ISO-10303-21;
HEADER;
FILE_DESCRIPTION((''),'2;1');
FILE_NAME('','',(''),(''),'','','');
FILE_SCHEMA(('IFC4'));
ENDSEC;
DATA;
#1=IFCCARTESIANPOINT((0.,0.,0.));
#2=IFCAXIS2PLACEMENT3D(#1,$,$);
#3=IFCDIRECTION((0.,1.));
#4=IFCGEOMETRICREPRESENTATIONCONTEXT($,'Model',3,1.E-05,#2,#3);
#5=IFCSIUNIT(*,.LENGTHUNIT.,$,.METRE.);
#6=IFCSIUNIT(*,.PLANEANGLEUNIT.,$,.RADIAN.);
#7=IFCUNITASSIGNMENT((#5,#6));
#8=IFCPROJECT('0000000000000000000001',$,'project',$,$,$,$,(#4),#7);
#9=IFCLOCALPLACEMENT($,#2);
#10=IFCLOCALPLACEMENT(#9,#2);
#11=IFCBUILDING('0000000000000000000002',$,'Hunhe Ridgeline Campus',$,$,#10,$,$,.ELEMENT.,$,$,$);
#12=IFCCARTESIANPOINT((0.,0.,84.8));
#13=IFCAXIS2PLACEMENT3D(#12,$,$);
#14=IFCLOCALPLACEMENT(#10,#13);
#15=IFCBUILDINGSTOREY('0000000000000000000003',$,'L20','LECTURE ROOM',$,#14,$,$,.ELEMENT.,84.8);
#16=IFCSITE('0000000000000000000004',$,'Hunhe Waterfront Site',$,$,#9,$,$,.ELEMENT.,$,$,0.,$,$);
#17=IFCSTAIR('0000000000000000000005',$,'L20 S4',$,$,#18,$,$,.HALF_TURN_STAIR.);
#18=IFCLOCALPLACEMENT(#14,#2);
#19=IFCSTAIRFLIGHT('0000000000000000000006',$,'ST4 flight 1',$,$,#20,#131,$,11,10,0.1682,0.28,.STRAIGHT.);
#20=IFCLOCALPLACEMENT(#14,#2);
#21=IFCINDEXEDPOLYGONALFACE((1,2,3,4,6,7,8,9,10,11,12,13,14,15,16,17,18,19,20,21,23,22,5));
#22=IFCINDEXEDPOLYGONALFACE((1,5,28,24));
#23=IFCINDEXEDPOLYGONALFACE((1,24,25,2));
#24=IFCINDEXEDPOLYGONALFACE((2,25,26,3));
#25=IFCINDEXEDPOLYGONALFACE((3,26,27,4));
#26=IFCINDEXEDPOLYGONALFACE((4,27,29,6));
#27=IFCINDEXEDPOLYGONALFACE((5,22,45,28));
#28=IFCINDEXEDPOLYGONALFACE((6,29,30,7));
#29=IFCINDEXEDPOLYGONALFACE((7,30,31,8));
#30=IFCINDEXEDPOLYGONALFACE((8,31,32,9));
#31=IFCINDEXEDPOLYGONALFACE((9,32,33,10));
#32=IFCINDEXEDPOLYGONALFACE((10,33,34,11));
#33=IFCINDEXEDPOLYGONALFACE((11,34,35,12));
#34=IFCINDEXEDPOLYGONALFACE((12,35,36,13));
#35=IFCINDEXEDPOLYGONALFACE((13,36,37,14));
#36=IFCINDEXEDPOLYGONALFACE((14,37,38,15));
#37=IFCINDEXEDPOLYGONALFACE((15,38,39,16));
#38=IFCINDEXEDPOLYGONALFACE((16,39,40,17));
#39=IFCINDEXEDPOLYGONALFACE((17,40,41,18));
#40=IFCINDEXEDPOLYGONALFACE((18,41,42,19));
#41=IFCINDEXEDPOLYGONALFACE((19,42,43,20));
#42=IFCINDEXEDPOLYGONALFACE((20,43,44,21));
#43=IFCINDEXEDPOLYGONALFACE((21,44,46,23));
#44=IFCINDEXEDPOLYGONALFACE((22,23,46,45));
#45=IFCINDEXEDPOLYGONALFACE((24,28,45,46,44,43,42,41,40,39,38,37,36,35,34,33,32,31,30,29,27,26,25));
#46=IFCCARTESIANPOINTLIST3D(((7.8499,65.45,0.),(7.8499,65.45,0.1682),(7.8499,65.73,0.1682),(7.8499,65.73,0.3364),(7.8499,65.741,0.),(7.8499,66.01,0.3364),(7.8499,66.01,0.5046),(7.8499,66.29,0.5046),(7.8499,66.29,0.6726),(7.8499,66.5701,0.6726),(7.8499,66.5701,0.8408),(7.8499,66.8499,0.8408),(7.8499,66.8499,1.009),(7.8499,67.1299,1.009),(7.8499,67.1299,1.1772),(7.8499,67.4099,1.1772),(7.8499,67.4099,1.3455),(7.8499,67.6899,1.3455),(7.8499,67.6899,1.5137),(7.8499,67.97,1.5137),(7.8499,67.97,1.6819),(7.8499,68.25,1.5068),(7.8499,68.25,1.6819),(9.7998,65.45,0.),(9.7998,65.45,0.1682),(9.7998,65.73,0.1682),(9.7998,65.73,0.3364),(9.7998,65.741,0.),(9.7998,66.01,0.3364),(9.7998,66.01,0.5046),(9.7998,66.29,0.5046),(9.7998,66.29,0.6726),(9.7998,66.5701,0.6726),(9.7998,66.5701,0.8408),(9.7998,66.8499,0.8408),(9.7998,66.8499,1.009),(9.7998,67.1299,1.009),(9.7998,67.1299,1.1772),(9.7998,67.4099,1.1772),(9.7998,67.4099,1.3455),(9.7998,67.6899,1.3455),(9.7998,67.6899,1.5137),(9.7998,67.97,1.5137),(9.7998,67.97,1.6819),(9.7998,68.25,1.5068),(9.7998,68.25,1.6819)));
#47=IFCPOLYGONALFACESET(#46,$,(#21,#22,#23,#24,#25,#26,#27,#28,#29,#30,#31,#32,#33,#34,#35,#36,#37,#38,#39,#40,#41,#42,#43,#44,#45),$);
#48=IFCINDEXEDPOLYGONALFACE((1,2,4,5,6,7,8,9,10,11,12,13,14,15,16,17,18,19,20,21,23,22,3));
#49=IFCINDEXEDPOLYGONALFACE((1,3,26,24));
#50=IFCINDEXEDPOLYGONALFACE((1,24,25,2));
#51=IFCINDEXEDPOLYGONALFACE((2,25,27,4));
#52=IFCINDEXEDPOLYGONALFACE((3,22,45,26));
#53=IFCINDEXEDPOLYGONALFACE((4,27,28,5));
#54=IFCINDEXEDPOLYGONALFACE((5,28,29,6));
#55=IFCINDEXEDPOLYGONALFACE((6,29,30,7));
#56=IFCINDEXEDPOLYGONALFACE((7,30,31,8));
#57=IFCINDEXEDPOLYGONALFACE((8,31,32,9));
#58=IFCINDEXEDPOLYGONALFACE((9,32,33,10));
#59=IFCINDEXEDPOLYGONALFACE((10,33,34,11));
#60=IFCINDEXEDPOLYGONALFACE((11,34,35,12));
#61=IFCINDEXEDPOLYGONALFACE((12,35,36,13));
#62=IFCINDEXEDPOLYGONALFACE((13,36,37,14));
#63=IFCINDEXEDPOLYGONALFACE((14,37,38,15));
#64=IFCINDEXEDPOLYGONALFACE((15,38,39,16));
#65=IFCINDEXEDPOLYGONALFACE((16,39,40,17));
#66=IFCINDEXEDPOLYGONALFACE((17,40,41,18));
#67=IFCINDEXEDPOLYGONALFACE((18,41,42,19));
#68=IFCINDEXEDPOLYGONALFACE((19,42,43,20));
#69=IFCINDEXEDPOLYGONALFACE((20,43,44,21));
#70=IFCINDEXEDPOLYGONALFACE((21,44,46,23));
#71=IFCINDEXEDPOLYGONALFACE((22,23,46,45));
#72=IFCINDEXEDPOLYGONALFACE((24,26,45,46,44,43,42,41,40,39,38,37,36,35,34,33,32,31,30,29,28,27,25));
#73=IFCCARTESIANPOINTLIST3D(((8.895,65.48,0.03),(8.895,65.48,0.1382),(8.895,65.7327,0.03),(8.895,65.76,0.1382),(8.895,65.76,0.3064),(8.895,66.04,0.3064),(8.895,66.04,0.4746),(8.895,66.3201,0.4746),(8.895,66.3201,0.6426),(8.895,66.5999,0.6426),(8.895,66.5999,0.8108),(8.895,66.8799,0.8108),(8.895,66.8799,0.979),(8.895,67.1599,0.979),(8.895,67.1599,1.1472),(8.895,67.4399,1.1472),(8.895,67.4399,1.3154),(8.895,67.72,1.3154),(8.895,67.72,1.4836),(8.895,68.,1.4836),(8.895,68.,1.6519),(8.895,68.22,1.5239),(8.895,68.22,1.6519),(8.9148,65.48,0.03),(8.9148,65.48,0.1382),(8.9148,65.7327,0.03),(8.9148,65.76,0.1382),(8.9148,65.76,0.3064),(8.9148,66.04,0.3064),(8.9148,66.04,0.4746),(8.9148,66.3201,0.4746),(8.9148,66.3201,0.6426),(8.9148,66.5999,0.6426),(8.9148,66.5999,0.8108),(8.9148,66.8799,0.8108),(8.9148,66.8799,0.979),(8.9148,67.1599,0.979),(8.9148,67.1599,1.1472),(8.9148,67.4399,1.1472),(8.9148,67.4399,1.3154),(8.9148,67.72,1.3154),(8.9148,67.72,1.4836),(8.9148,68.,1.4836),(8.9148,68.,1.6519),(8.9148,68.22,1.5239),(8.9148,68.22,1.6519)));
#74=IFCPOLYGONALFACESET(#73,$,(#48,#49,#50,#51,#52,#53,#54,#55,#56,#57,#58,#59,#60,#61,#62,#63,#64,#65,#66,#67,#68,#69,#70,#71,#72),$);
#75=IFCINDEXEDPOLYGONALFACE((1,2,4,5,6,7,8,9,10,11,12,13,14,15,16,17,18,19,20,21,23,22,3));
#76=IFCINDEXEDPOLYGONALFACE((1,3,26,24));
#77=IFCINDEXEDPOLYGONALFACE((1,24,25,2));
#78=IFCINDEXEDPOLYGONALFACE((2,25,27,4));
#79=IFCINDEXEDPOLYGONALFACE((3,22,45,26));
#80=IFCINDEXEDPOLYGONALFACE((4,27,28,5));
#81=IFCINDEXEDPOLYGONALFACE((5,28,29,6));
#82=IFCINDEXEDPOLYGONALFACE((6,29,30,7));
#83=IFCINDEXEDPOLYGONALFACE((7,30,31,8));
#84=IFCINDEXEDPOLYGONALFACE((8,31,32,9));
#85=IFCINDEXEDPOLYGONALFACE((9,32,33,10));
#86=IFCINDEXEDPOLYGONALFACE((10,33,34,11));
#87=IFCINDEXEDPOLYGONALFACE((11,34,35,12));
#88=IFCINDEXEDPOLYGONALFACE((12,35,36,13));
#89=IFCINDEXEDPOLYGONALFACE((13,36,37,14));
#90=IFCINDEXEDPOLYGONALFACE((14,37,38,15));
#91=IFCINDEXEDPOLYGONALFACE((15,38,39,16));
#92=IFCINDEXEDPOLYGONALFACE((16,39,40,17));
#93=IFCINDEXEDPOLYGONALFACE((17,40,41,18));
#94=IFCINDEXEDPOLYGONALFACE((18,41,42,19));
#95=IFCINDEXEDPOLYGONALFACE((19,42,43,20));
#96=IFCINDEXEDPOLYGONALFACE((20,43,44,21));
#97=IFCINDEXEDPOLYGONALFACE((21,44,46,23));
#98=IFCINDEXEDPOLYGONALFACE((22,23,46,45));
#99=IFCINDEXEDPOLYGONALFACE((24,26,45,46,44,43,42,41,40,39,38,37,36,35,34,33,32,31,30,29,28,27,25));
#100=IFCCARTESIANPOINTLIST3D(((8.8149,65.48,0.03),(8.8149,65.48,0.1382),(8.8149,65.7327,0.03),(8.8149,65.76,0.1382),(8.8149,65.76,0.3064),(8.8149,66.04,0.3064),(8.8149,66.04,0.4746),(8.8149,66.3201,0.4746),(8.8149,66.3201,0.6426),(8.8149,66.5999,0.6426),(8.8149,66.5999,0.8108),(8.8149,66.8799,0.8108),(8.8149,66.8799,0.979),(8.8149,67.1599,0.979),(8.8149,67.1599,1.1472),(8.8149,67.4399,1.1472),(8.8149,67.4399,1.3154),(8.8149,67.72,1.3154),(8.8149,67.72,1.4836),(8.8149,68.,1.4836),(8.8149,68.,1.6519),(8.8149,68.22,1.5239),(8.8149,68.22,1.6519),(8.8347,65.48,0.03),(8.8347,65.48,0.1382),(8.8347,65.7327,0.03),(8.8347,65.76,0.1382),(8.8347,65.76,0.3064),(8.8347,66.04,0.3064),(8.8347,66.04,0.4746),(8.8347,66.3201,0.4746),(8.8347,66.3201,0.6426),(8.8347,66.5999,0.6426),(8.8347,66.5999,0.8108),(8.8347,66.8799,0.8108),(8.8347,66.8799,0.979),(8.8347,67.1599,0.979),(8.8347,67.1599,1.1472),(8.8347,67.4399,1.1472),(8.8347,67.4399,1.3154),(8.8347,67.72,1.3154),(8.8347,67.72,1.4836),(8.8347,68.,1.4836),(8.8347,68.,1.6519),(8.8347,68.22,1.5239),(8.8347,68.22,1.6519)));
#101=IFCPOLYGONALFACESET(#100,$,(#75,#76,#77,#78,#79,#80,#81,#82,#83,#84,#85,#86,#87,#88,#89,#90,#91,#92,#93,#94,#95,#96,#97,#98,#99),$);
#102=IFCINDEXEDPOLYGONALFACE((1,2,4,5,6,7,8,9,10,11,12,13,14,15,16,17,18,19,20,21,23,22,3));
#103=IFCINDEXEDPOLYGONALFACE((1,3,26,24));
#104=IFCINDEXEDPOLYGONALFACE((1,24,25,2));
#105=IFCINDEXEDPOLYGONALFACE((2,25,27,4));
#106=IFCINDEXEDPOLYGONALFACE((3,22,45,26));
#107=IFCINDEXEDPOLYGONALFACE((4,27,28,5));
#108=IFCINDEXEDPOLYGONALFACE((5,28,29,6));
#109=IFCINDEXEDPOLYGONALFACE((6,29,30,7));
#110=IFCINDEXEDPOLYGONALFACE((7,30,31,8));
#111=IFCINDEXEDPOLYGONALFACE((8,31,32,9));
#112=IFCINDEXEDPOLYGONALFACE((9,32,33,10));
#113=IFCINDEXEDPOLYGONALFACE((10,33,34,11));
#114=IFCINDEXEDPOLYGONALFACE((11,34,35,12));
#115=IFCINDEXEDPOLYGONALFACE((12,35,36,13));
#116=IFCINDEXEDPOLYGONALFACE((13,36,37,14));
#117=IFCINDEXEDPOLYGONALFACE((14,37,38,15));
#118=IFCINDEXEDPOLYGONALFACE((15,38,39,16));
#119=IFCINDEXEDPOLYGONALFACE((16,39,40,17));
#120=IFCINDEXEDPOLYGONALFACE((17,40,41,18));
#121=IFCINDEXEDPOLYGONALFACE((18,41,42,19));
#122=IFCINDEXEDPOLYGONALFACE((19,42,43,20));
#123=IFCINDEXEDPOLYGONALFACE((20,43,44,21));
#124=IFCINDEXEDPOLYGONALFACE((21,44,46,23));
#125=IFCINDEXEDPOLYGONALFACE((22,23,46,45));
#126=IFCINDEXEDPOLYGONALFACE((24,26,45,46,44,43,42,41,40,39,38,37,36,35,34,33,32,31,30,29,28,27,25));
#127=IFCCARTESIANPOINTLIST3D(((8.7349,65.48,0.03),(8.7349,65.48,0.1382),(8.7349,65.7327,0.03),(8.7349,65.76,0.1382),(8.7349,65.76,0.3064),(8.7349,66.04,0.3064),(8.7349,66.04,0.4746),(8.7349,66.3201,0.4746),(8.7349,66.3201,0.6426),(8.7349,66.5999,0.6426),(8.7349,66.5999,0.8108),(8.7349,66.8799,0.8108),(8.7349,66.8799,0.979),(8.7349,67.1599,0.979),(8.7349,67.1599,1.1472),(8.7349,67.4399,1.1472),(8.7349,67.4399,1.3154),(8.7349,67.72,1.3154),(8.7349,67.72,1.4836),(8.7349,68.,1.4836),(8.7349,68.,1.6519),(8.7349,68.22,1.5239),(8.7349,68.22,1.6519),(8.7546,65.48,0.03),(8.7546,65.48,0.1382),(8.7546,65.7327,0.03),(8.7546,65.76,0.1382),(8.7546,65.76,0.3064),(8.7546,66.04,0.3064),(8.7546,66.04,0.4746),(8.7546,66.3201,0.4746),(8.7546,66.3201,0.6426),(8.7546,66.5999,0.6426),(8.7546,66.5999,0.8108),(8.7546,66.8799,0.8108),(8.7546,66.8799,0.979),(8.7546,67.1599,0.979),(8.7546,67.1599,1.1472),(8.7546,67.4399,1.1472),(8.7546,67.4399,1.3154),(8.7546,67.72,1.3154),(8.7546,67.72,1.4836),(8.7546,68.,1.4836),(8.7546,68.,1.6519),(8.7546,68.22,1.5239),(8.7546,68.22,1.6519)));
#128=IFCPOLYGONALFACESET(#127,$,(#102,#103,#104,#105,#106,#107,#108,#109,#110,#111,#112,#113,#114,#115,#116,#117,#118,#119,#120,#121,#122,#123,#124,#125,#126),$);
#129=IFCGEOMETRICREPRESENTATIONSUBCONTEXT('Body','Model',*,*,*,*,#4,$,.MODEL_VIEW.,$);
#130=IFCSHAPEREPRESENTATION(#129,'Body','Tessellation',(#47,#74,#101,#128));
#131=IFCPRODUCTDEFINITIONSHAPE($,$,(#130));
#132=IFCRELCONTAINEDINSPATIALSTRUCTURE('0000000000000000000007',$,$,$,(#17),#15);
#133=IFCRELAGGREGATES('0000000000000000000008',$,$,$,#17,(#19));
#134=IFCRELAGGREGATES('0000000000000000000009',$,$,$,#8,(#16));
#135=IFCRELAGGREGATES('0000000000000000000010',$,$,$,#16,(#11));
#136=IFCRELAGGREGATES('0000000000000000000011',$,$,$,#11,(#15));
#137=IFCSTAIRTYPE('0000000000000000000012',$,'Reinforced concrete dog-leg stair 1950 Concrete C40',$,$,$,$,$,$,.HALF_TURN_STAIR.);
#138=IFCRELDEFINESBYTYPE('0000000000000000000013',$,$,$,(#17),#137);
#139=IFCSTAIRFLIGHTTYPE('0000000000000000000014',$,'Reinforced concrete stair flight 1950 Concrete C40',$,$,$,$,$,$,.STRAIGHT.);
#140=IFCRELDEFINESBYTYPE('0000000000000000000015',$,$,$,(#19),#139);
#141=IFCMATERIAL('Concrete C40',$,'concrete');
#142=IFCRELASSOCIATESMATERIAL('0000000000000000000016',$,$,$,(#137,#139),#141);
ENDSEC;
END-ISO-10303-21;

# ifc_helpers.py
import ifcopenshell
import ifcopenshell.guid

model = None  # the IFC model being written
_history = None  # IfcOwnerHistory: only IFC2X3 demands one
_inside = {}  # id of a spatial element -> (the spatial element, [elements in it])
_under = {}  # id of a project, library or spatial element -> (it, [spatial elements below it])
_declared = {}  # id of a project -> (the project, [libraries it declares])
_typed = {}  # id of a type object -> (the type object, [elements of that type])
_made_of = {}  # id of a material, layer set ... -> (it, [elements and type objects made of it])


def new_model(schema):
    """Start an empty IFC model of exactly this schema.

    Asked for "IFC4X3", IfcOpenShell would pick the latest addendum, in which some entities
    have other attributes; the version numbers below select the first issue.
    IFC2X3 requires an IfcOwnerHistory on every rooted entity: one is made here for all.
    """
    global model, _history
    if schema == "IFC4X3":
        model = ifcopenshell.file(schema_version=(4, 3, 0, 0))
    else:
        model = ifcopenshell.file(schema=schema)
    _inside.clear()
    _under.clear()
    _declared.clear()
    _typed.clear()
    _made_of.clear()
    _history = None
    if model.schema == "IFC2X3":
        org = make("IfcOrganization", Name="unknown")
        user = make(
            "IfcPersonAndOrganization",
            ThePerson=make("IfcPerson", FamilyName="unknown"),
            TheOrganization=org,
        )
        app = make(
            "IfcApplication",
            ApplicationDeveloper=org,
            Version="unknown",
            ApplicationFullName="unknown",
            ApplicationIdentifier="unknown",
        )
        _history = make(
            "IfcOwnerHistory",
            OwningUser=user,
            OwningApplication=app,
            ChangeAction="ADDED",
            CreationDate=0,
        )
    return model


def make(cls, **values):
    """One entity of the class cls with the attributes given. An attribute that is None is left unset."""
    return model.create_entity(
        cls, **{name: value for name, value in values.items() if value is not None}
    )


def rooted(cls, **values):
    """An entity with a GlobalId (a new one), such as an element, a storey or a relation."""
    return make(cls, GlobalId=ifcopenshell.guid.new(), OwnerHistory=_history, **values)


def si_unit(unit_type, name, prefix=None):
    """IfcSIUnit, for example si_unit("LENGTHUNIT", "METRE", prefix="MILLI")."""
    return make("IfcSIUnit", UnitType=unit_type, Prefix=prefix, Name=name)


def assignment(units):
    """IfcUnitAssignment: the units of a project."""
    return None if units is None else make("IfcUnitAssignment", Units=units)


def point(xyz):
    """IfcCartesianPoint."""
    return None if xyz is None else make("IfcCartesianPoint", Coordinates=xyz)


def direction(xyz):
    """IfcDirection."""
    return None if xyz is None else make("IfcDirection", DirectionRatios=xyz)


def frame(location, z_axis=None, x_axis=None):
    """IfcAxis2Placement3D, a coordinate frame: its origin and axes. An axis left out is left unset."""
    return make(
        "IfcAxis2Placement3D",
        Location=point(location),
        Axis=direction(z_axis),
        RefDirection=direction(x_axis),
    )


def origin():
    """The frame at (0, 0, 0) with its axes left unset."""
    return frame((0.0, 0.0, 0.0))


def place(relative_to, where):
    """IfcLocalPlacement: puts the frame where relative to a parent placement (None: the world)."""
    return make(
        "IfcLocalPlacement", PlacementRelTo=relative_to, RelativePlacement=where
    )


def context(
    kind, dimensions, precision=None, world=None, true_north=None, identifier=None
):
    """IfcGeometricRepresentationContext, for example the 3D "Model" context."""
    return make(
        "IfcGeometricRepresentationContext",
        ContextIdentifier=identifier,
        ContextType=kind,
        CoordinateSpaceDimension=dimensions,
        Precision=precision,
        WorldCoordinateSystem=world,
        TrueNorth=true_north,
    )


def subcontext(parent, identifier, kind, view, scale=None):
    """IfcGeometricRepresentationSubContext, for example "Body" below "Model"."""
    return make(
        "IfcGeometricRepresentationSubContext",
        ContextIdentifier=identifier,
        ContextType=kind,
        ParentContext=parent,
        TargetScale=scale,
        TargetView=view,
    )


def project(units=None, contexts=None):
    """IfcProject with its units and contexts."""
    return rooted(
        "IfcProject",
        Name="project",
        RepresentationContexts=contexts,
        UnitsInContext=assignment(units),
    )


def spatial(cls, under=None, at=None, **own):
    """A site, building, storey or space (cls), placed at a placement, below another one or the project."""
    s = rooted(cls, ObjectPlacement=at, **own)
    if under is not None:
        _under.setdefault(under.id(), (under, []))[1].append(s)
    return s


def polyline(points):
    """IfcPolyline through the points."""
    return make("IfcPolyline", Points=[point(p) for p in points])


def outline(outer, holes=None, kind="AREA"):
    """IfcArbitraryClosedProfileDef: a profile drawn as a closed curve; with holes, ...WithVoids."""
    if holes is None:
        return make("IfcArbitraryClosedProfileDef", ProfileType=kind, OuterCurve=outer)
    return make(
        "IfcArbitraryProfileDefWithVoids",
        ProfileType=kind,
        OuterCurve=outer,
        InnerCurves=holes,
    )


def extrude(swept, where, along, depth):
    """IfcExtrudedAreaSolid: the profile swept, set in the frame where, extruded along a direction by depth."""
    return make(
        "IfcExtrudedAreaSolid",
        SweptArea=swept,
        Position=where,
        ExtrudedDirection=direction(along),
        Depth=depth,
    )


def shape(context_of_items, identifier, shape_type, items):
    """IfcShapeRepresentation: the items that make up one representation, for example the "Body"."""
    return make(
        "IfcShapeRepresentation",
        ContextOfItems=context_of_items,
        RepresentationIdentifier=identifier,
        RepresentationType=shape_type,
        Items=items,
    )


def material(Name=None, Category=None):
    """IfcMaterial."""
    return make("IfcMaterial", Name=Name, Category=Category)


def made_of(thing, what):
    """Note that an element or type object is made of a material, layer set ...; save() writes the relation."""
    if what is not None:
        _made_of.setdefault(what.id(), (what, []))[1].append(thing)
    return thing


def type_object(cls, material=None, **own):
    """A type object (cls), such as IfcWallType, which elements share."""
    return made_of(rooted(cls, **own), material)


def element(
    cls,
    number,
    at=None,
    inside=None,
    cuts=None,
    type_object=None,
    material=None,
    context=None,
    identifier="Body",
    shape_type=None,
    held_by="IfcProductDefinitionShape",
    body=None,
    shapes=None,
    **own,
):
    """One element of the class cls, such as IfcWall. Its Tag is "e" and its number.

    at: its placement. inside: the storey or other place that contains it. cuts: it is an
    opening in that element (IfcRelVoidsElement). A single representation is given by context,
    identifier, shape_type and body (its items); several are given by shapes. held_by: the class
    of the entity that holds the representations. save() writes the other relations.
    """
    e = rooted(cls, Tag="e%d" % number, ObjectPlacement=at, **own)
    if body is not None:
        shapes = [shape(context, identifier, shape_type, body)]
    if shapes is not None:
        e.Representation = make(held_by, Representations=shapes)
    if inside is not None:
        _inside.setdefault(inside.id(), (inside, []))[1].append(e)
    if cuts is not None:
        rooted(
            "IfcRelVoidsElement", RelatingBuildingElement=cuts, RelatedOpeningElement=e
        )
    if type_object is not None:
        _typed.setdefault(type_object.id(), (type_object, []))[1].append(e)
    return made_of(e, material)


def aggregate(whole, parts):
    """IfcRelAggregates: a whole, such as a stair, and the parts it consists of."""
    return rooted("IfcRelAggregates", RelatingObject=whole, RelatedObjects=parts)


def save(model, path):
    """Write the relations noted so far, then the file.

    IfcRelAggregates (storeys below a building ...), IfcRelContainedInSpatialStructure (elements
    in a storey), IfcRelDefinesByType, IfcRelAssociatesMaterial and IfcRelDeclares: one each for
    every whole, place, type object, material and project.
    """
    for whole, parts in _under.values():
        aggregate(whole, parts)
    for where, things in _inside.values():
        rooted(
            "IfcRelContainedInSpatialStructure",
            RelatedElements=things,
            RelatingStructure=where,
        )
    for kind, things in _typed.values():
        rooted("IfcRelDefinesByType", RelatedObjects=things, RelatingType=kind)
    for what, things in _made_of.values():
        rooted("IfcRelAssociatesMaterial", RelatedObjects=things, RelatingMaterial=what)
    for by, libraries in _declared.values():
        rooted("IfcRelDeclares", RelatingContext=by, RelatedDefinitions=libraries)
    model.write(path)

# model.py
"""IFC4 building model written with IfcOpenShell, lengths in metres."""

from ifc_helpers import new_model, si_unit, direction, frame, origin, place, context, subcontext, project, spatial, polyline, outline, extrude, material, type_object, element, aggregate, save


model = new_model("IFC4")

# Units and contexts
model_context = context("Model", 3, precision=1e-05, world=origin(), true_north=direction((0.0, 1.0)))
body_context = subcontext(model_context, "Body", "Model", "MODEL_VIEW")
ifc_project = project(units=[si_unit("LENGTHUNIT", "METRE"), si_unit("PLANEANGLEUNIT", "RADIAN")], contexts=[model_context])

# Site, building, storey
site_placement = place(None, origin())
site = spatial("IfcSite", under=ifc_project, at=site_placement, Name="Hunhe Waterfront Site", CompositionType="ELEMENT", RefElevation=0.0)
building_placement = place(site_placement, origin())
building = spatial("IfcBuilding", under=site, at=building_placement, Name="Hunhe Ridgeline Campus", CompositionType="ELEMENT")
storey_placement = place(building_placement, frame((0.0, 0.0, 84.8)))
storey = spatial("IfcBuildingStorey", under=building, at=storey_placement, Name="L20", Description="LECTURE ROOM", CompositionType="ELEMENT", Elevation=84.8)

# Stair, stair flight
ifc_material_1 = material(Name="Concrete C40", Category="concrete")
stair_type = type_object("IfcStairType", Name="Reinforced concrete dog-leg stair 1950 Concrete C40", PredefinedType="HALF_TURN_STAIR", material=ifc_material_1)
stair_flight_type = type_object("IfcStairFlightType", Name="Reinforced concrete stair flight 1950 Concrete C40", PredefinedType="STRAIGHT", material=ifc_material_1)
stair_1_placement = place(storey_placement, origin())
stair_1 = element("IfcStair", 1, at=stair_1_placement, inside=storey, type_object=stair_type, Name="L20 S4", PredefinedType="HALF_TURN_STAIR")
stair_flight_1_placement = place(storey_placement, frame((8.825, 65.45, 0.0), z_axis=(0.0, 0.0, 1.0), x_axis=(0.0, 1.0, 0.0)))
stair_flight_1 = element("IfcStairFlight", 2, at=stair_flight_1_placement, type_object=stair_flight_type, Name="ST4 flight 1", NumberOfRisers=11, NumberOfTreads=10, PredefinedType="STRAIGHT", RiserHeight=0.1682, TreadLength=0.28, context=body_context, shape_type="SweptSolid", body=[
    extrude(outline(polyline([(0.0, 0.0), (0.0, 0.1682), (0.28, 0.1682), (0.28, 0.3364), (0.5601, 0.3364), (0.5601, 0.5046), (0.8401, 0.5046), (0.8401, 0.6726), (1.1201, 0.6726), (1.1201, 0.8408), (1.3999, 0.8408), (1.3999, 1.009), (1.6799, 1.009), (1.6799, 1.1772), (1.96, 1.1772), (1.96, 1.3455), (2.24, 1.3455), (2.24, 1.5137), (2.52, 1.5137), (2.52, 1.6819), (2.8, 1.6819), (2.8, 1.8501), (2.8, 1.5068), (0.291, 0.0), (0.0, 0.0)])), frame((0.0, 0.9751, 0.0), z_axis=(0.0, -1.0, 0.0), x_axis=(1.0, 0.0, 0.0)), (0.0, 0.0, 1.0), 1.95),
    extrude(outline(polyline([(0.03, 0.03), (0.03, 0.1382), (0.3101, 0.1382), (0.3101, 0.3064), (0.5901, 0.3064), (0.5901, 0.4746), (0.8701, 0.4746), (0.8701, 0.6426), (1.1499, 0.6426), (1.1499, 0.8108), (1.4299, 0.8108), (1.4299, 0.979), (1.71, 0.979), (1.71, 1.1472), (1.99, 1.1472), (1.99, 1.3154), (2.27, 1.3154), (2.27, 1.4836), (2.55, 1.4836), (2.55, 1.6519), (2.77, 1.6519), (2.77, 1.5239), (0.2827, 0.03), (0.03, 0.03)])), frame((0.0, -0.0701, 0.0), z_axis=(0.0, -1.0, 0.0), x_axis=(1.0, 0.0, 0.0)), (0.0, 0.0, 1.0), 0.0198),
    extrude(outline(polyline([(0.03, 0.03), (0.03, 0.1382), (0.3101, 0.1382), (0.3101, 0.3064), (0.5901, 0.3064), (0.5901, 0.4746), (0.8701, 0.4746), (0.8701, 0.6426), (1.1499, 0.6426), (1.1499, 0.8108), (1.4299, 0.8108), (1.4299, 0.979), (1.71, 0.979), (1.71, 1.1472), (1.99, 1.1472), (1.99, 1.3154), (2.27, 1.3154), (2.27, 1.4836), (2.55, 1.4836), (2.55, 1.6519), (2.77, 1.6519), (2.77, 1.5239), (0.2827, 0.03), (0.03, 0.03)])), frame((0.0, 0.01, 0.0), z_axis=(0.0, -1.0, 0.0), x_axis=(1.0, 0.0, 0.0)), (0.0, 0.0, 1.0), 0.0198),
    extrude(outline(polyline([(0.03, 0.03), (0.03, 0.1382), (0.3101, 0.1382), (0.3101, 0.3064), (0.5901, 0.3064), (0.5901, 0.4746), (0.8701, 0.4746), (0.8701, 0.6426), (1.1499, 0.6426), (1.1499, 0.8108), (1.4299, 0.8108), (1.4299, 0.979), (1.71, 0.979), (1.71, 1.1472), (1.99, 1.1472), (1.99, 1.3154), (2.27, 1.3154), (2.27, 1.4836), (2.55, 1.4836), (2.55, 1.6519), (2.77, 1.6519), (2.77, 1.5239), (0.2827, 0.03), (0.03, 0.03)])), frame((0.0, 0.0901, 0.0), z_axis=(0.0, -1.0, 0.0), x_axis=(1.0, 0.0, 0.0)), (0.0, 0.0, 1.0), 0.0198),
])
aggregate(stair_1, [stair_flight_1])

save(model, "model.ifc")
